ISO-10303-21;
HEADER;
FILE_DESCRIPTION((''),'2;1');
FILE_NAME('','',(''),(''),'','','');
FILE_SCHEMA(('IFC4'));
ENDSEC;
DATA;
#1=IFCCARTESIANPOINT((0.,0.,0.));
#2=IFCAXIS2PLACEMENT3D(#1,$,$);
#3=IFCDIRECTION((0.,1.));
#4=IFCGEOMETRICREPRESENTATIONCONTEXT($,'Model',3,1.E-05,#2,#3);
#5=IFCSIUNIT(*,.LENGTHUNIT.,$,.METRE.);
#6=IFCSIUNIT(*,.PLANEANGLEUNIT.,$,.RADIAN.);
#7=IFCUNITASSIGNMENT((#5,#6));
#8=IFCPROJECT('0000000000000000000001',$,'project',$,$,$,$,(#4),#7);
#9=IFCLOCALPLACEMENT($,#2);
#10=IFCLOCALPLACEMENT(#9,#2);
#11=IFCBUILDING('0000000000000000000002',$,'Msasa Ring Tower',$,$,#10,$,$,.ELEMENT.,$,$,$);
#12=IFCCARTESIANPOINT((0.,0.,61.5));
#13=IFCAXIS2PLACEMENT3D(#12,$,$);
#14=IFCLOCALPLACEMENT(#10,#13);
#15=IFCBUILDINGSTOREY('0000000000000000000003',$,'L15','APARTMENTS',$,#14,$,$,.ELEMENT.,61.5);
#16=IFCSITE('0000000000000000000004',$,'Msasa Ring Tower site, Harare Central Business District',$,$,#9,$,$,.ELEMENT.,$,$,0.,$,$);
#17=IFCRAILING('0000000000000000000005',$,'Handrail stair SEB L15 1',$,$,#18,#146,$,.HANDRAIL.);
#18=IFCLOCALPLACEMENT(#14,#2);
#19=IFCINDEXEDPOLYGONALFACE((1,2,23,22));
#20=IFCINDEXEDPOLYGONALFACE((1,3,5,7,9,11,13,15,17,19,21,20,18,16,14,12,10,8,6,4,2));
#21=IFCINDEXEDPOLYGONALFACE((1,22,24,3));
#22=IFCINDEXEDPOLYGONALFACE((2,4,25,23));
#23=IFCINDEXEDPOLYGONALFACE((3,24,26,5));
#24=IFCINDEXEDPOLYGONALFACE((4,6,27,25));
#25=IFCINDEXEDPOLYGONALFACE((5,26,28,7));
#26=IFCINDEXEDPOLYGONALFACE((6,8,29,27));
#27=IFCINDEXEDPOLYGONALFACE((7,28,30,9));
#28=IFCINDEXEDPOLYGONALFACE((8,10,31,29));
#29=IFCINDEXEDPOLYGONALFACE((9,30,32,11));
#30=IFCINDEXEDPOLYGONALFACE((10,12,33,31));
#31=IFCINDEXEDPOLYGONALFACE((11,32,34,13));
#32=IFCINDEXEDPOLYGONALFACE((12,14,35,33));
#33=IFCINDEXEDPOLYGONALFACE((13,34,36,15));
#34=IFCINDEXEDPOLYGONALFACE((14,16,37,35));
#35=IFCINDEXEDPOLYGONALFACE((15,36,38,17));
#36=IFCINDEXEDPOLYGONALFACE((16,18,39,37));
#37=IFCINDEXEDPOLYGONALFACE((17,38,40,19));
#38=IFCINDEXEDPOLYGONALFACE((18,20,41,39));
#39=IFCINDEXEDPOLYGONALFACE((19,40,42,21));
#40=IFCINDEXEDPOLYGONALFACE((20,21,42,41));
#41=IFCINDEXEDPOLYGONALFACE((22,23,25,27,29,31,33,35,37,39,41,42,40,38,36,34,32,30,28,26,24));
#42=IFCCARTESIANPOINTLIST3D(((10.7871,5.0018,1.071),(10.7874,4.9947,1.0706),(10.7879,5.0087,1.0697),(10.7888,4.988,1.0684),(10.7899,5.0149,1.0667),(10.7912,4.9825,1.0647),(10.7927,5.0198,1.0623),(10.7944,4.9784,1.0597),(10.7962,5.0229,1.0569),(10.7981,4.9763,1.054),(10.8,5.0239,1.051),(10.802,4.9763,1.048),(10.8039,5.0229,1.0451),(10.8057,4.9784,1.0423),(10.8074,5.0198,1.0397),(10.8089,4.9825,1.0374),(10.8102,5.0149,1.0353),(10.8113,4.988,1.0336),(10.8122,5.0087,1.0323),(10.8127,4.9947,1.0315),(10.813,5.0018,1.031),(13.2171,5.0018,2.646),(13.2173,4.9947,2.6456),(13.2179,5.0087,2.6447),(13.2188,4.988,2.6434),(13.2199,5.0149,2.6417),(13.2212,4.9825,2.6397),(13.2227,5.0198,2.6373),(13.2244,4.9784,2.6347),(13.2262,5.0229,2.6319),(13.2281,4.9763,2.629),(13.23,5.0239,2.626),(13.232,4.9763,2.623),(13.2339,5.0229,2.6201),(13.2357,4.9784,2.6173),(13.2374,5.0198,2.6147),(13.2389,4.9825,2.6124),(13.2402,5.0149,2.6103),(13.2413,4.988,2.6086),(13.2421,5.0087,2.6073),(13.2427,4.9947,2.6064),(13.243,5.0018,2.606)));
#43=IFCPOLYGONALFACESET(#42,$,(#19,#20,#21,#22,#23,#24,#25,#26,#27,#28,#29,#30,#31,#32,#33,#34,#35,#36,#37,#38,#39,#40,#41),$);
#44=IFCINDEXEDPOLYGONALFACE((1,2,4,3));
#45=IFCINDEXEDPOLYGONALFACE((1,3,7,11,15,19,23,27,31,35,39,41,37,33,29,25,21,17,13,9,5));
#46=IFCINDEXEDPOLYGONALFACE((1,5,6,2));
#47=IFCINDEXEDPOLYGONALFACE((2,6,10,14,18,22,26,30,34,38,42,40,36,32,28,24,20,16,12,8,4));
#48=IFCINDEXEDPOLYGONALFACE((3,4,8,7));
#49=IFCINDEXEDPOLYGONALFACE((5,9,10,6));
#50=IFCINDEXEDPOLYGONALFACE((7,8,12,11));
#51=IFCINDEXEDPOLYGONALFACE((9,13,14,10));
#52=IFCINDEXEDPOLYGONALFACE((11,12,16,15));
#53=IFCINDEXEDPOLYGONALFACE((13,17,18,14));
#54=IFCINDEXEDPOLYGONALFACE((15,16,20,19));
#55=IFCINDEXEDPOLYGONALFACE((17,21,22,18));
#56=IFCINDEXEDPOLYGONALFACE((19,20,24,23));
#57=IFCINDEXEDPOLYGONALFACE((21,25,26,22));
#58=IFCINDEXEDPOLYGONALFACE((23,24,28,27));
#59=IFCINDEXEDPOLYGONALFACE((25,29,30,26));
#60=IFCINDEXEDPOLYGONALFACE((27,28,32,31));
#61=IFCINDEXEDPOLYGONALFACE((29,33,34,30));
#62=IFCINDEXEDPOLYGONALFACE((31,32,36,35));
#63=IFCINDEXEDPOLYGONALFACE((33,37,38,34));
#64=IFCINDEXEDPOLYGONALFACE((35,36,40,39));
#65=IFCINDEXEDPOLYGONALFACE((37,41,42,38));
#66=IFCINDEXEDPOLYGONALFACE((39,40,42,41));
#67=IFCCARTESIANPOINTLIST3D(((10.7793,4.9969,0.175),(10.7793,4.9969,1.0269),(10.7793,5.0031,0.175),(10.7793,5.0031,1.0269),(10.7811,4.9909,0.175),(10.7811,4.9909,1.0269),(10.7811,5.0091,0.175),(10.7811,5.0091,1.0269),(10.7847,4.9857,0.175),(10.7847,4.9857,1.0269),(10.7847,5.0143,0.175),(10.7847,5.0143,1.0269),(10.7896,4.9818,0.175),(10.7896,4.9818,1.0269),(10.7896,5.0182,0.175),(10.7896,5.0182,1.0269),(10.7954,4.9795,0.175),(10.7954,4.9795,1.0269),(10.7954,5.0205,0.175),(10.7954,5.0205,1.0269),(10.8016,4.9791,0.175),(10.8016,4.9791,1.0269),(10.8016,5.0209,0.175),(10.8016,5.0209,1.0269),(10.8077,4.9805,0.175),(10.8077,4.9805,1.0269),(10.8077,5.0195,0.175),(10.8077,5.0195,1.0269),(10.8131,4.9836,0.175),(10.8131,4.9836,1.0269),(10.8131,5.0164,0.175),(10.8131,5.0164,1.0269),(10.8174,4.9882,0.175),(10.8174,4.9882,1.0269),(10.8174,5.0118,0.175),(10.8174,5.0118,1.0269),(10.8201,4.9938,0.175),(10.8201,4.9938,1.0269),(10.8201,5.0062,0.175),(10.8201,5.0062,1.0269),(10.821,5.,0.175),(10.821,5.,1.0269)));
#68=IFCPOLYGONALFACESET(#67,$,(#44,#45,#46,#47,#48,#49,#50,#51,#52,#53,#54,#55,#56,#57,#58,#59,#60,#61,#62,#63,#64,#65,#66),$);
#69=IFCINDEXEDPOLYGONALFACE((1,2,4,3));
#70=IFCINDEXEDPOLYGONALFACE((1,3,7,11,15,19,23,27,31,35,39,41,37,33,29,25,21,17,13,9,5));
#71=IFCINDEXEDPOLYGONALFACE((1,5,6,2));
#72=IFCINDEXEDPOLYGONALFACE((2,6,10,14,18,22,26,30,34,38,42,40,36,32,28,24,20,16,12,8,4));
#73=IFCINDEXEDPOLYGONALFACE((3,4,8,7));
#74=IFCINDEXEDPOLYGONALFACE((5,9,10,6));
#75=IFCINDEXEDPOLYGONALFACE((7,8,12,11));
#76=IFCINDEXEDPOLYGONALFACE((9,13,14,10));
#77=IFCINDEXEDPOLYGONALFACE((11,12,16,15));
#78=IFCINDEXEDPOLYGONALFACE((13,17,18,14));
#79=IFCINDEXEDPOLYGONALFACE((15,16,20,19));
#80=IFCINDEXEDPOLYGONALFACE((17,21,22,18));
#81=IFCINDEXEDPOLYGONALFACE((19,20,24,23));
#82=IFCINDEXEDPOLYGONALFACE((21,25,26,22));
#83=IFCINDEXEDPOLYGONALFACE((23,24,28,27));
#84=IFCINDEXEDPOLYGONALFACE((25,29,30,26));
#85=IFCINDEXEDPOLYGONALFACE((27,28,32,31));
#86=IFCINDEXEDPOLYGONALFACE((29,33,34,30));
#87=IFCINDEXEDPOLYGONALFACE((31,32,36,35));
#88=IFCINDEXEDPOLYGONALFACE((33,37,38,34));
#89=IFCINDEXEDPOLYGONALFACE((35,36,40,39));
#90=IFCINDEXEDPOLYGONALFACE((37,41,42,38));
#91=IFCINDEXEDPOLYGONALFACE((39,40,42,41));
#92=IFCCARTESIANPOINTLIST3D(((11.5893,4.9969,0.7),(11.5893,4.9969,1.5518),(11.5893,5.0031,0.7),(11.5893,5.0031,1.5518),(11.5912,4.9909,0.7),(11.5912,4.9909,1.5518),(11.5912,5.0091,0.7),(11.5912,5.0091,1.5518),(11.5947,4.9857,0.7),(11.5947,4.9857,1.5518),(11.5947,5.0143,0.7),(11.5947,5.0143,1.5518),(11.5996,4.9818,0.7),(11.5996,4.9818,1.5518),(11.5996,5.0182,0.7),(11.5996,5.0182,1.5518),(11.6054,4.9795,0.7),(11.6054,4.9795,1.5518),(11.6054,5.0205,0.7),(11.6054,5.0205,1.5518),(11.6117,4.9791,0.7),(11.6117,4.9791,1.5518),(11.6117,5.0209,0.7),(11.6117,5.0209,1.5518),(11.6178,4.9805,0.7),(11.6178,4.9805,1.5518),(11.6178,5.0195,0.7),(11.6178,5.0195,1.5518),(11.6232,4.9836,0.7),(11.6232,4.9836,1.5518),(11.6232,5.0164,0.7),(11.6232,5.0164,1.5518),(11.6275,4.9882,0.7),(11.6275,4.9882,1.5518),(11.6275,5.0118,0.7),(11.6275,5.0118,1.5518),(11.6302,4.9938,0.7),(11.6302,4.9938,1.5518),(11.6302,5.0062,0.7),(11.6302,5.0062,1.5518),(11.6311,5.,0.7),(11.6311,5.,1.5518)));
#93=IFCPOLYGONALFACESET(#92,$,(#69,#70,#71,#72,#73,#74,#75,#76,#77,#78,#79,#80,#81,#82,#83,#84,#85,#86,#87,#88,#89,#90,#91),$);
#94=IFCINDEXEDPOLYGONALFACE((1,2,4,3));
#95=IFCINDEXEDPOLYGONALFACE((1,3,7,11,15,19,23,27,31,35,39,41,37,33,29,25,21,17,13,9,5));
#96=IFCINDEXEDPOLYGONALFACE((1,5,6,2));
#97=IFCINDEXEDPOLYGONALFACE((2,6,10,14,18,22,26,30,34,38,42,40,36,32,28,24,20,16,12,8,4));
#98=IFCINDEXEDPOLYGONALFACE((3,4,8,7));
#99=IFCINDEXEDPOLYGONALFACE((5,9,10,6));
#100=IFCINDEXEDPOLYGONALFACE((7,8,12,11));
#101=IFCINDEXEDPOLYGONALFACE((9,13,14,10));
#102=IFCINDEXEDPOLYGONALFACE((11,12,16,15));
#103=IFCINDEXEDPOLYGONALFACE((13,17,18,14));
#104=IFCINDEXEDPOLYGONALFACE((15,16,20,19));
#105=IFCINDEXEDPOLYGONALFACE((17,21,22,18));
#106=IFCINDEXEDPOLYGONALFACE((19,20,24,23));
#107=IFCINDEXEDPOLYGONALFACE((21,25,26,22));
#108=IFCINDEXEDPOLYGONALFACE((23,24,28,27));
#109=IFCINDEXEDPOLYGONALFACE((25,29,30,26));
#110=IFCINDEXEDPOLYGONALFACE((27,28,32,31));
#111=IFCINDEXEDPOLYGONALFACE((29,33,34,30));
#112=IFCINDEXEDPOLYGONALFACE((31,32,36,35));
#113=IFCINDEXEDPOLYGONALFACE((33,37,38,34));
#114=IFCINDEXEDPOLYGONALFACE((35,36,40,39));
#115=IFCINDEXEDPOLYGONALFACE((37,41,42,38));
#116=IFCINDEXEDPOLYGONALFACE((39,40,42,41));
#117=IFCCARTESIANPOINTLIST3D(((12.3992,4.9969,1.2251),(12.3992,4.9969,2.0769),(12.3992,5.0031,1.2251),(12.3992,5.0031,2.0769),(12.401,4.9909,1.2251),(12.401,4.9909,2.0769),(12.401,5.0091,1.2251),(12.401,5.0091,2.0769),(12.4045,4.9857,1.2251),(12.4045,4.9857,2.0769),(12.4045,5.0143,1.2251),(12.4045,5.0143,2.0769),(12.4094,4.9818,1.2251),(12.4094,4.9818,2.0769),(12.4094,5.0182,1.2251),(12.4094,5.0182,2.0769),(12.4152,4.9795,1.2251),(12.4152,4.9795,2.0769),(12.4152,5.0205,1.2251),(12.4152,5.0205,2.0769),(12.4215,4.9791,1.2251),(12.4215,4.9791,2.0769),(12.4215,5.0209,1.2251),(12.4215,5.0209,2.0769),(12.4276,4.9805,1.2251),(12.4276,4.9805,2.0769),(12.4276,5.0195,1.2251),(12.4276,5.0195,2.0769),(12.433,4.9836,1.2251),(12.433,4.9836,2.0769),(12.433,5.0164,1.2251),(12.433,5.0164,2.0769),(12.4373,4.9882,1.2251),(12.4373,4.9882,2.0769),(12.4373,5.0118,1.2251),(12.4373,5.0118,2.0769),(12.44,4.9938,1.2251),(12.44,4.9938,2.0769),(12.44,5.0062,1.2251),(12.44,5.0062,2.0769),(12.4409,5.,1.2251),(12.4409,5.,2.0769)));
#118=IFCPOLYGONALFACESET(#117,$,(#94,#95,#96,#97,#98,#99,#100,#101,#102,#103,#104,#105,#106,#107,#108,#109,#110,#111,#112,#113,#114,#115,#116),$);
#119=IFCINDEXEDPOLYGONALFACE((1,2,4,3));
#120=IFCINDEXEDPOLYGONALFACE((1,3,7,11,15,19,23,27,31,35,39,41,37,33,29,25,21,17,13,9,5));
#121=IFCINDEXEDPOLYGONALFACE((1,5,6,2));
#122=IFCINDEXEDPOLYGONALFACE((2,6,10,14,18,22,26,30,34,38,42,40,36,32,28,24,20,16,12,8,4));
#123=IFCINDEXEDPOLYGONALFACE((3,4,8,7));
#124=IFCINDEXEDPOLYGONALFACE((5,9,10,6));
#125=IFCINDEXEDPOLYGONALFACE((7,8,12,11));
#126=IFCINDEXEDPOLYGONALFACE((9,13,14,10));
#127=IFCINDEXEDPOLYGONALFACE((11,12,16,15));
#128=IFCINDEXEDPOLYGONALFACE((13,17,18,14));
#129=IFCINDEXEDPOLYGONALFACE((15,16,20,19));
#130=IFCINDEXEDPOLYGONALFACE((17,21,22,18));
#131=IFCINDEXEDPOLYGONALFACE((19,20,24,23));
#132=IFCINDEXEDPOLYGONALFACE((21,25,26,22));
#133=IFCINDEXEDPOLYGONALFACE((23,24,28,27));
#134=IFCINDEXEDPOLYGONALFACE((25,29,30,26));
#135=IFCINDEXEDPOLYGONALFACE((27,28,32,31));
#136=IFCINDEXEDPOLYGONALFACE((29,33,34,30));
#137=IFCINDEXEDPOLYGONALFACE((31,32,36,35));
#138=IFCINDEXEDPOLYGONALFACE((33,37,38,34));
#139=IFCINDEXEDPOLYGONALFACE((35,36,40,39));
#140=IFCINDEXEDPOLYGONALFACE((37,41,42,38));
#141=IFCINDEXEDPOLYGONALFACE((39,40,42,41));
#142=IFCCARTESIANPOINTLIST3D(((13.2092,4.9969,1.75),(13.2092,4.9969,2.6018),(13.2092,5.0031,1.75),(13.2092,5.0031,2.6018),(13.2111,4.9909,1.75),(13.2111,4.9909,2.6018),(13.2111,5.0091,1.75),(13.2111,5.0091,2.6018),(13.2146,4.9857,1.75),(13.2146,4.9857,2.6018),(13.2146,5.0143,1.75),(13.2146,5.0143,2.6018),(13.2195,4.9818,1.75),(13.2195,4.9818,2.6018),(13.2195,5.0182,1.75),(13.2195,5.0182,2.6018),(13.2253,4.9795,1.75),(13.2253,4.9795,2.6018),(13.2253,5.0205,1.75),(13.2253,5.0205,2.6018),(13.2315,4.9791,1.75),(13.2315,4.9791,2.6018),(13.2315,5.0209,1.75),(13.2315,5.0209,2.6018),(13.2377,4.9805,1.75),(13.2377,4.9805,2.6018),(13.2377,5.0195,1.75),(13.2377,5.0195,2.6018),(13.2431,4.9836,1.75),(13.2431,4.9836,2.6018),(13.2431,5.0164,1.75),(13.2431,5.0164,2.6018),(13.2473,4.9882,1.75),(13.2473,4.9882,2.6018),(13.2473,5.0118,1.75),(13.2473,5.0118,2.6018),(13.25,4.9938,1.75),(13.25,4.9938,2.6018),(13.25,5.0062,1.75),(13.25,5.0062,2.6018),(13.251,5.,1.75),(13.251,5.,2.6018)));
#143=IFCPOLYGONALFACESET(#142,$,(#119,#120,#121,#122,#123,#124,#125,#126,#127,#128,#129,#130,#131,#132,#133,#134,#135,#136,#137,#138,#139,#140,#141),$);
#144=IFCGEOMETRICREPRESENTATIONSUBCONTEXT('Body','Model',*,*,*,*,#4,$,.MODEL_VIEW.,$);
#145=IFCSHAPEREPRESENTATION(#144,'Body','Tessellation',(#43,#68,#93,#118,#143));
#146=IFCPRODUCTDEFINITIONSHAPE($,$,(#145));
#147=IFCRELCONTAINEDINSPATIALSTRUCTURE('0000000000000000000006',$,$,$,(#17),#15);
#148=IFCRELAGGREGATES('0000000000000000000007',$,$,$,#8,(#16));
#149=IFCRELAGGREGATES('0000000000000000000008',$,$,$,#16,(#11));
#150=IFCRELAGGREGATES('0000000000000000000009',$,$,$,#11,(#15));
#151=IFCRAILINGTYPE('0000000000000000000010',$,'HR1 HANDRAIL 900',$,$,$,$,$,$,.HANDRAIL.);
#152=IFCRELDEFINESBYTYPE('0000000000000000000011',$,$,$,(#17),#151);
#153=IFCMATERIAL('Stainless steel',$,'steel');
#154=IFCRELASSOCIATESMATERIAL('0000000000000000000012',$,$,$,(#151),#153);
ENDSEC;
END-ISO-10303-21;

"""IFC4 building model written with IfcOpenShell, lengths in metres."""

from ifc_helpers import new_model, si_unit, direction, frame, origin, origin_2d, place, context, subcontext, project, spatial, circle, extrude, material, type_object, element, save


model = new_model("IFC4")

# Units and contexts
model_context = context("Model", 3, precision=1e-05, world=origin(), true_north=direction((0.0, 1.0)))
body_context = subcontext(model_context, "Body", "Model", "MODEL_VIEW")
ifc_project = project(units=[si_unit("LENGTHUNIT", "METRE"), si_unit("PLANEANGLEUNIT", "RADIAN")], contexts=[model_context])

# Site, building, storey
site_placement = place(None, origin())
site = spatial("IfcSite", under=ifc_project, at=site_placement, Name="Msasa Ring Tower site, Harare Central Business District", CompositionType="ELEMENT", RefElevation=0.0)
building_placement = place(site_placement, origin())
building = spatial("IfcBuilding", under=site, at=building_placement, Name="Msasa Ring Tower", CompositionType="ELEMENT")
storey_placement = place(building_placement, frame((0.0, 0.0, 61.5)))
storey = spatial("IfcBuildingStorey", under=building, at=storey_placement, Name="L15", Description="APARTMENTS", CompositionType="ELEMENT", Elevation=61.5)

# Railing
ifc_material_1 = material(Name="Stainless steel", Category="steel")
railing_type = type_object("IfcRailingType", Name="HR1 HANDRAIL 900", PredefinedType="HANDRAIL", material=ifc_material_1)
for number, where, name in (
    (1, (10.8, 5.0, 0.175), "Handrail stair SEB L15 1"),
):
    element("IfcRailing", number, at=place(storey_placement, frame(where)), inside=storey, type_object=railing_type, Name=name, PredefinedType="HANDRAIL", context=body_context, shape_type="SweptSolid", body=[
        extrude(circle(Radius=0.0239, at=origin_2d()), frame((0.0, 0.0, 0.876), z_axis=(0.839154, 0.0, 0.543894), x_axis=(0.0, 1.0, 0.0)), (0.0, 0.0, 1.0), 2.8958),
        extrude(circle(Radius=0.021, at=origin_2d()), origin(), (0.0, 0.0, 1.0), 0.8518),
        extrude(circle(Radius=0.021, at=origin_2d()), frame((0.8101, 0.0, 0.5249)), (0.0, 0.0, 1.0), 0.8518),
        extrude(circle(Radius=0.021, at=origin_2d()), frame((1.6199, 0.0, 1.05)), (0.0, 0.0, 1.0), 0.8518),
        extrude(circle(Radius=0.021, at=origin_2d()), frame((2.4299, 0.0, 1.575)), (0.0, 0.0, 1.0), 0.8518),
    ])

save(model, "model.ifc")
